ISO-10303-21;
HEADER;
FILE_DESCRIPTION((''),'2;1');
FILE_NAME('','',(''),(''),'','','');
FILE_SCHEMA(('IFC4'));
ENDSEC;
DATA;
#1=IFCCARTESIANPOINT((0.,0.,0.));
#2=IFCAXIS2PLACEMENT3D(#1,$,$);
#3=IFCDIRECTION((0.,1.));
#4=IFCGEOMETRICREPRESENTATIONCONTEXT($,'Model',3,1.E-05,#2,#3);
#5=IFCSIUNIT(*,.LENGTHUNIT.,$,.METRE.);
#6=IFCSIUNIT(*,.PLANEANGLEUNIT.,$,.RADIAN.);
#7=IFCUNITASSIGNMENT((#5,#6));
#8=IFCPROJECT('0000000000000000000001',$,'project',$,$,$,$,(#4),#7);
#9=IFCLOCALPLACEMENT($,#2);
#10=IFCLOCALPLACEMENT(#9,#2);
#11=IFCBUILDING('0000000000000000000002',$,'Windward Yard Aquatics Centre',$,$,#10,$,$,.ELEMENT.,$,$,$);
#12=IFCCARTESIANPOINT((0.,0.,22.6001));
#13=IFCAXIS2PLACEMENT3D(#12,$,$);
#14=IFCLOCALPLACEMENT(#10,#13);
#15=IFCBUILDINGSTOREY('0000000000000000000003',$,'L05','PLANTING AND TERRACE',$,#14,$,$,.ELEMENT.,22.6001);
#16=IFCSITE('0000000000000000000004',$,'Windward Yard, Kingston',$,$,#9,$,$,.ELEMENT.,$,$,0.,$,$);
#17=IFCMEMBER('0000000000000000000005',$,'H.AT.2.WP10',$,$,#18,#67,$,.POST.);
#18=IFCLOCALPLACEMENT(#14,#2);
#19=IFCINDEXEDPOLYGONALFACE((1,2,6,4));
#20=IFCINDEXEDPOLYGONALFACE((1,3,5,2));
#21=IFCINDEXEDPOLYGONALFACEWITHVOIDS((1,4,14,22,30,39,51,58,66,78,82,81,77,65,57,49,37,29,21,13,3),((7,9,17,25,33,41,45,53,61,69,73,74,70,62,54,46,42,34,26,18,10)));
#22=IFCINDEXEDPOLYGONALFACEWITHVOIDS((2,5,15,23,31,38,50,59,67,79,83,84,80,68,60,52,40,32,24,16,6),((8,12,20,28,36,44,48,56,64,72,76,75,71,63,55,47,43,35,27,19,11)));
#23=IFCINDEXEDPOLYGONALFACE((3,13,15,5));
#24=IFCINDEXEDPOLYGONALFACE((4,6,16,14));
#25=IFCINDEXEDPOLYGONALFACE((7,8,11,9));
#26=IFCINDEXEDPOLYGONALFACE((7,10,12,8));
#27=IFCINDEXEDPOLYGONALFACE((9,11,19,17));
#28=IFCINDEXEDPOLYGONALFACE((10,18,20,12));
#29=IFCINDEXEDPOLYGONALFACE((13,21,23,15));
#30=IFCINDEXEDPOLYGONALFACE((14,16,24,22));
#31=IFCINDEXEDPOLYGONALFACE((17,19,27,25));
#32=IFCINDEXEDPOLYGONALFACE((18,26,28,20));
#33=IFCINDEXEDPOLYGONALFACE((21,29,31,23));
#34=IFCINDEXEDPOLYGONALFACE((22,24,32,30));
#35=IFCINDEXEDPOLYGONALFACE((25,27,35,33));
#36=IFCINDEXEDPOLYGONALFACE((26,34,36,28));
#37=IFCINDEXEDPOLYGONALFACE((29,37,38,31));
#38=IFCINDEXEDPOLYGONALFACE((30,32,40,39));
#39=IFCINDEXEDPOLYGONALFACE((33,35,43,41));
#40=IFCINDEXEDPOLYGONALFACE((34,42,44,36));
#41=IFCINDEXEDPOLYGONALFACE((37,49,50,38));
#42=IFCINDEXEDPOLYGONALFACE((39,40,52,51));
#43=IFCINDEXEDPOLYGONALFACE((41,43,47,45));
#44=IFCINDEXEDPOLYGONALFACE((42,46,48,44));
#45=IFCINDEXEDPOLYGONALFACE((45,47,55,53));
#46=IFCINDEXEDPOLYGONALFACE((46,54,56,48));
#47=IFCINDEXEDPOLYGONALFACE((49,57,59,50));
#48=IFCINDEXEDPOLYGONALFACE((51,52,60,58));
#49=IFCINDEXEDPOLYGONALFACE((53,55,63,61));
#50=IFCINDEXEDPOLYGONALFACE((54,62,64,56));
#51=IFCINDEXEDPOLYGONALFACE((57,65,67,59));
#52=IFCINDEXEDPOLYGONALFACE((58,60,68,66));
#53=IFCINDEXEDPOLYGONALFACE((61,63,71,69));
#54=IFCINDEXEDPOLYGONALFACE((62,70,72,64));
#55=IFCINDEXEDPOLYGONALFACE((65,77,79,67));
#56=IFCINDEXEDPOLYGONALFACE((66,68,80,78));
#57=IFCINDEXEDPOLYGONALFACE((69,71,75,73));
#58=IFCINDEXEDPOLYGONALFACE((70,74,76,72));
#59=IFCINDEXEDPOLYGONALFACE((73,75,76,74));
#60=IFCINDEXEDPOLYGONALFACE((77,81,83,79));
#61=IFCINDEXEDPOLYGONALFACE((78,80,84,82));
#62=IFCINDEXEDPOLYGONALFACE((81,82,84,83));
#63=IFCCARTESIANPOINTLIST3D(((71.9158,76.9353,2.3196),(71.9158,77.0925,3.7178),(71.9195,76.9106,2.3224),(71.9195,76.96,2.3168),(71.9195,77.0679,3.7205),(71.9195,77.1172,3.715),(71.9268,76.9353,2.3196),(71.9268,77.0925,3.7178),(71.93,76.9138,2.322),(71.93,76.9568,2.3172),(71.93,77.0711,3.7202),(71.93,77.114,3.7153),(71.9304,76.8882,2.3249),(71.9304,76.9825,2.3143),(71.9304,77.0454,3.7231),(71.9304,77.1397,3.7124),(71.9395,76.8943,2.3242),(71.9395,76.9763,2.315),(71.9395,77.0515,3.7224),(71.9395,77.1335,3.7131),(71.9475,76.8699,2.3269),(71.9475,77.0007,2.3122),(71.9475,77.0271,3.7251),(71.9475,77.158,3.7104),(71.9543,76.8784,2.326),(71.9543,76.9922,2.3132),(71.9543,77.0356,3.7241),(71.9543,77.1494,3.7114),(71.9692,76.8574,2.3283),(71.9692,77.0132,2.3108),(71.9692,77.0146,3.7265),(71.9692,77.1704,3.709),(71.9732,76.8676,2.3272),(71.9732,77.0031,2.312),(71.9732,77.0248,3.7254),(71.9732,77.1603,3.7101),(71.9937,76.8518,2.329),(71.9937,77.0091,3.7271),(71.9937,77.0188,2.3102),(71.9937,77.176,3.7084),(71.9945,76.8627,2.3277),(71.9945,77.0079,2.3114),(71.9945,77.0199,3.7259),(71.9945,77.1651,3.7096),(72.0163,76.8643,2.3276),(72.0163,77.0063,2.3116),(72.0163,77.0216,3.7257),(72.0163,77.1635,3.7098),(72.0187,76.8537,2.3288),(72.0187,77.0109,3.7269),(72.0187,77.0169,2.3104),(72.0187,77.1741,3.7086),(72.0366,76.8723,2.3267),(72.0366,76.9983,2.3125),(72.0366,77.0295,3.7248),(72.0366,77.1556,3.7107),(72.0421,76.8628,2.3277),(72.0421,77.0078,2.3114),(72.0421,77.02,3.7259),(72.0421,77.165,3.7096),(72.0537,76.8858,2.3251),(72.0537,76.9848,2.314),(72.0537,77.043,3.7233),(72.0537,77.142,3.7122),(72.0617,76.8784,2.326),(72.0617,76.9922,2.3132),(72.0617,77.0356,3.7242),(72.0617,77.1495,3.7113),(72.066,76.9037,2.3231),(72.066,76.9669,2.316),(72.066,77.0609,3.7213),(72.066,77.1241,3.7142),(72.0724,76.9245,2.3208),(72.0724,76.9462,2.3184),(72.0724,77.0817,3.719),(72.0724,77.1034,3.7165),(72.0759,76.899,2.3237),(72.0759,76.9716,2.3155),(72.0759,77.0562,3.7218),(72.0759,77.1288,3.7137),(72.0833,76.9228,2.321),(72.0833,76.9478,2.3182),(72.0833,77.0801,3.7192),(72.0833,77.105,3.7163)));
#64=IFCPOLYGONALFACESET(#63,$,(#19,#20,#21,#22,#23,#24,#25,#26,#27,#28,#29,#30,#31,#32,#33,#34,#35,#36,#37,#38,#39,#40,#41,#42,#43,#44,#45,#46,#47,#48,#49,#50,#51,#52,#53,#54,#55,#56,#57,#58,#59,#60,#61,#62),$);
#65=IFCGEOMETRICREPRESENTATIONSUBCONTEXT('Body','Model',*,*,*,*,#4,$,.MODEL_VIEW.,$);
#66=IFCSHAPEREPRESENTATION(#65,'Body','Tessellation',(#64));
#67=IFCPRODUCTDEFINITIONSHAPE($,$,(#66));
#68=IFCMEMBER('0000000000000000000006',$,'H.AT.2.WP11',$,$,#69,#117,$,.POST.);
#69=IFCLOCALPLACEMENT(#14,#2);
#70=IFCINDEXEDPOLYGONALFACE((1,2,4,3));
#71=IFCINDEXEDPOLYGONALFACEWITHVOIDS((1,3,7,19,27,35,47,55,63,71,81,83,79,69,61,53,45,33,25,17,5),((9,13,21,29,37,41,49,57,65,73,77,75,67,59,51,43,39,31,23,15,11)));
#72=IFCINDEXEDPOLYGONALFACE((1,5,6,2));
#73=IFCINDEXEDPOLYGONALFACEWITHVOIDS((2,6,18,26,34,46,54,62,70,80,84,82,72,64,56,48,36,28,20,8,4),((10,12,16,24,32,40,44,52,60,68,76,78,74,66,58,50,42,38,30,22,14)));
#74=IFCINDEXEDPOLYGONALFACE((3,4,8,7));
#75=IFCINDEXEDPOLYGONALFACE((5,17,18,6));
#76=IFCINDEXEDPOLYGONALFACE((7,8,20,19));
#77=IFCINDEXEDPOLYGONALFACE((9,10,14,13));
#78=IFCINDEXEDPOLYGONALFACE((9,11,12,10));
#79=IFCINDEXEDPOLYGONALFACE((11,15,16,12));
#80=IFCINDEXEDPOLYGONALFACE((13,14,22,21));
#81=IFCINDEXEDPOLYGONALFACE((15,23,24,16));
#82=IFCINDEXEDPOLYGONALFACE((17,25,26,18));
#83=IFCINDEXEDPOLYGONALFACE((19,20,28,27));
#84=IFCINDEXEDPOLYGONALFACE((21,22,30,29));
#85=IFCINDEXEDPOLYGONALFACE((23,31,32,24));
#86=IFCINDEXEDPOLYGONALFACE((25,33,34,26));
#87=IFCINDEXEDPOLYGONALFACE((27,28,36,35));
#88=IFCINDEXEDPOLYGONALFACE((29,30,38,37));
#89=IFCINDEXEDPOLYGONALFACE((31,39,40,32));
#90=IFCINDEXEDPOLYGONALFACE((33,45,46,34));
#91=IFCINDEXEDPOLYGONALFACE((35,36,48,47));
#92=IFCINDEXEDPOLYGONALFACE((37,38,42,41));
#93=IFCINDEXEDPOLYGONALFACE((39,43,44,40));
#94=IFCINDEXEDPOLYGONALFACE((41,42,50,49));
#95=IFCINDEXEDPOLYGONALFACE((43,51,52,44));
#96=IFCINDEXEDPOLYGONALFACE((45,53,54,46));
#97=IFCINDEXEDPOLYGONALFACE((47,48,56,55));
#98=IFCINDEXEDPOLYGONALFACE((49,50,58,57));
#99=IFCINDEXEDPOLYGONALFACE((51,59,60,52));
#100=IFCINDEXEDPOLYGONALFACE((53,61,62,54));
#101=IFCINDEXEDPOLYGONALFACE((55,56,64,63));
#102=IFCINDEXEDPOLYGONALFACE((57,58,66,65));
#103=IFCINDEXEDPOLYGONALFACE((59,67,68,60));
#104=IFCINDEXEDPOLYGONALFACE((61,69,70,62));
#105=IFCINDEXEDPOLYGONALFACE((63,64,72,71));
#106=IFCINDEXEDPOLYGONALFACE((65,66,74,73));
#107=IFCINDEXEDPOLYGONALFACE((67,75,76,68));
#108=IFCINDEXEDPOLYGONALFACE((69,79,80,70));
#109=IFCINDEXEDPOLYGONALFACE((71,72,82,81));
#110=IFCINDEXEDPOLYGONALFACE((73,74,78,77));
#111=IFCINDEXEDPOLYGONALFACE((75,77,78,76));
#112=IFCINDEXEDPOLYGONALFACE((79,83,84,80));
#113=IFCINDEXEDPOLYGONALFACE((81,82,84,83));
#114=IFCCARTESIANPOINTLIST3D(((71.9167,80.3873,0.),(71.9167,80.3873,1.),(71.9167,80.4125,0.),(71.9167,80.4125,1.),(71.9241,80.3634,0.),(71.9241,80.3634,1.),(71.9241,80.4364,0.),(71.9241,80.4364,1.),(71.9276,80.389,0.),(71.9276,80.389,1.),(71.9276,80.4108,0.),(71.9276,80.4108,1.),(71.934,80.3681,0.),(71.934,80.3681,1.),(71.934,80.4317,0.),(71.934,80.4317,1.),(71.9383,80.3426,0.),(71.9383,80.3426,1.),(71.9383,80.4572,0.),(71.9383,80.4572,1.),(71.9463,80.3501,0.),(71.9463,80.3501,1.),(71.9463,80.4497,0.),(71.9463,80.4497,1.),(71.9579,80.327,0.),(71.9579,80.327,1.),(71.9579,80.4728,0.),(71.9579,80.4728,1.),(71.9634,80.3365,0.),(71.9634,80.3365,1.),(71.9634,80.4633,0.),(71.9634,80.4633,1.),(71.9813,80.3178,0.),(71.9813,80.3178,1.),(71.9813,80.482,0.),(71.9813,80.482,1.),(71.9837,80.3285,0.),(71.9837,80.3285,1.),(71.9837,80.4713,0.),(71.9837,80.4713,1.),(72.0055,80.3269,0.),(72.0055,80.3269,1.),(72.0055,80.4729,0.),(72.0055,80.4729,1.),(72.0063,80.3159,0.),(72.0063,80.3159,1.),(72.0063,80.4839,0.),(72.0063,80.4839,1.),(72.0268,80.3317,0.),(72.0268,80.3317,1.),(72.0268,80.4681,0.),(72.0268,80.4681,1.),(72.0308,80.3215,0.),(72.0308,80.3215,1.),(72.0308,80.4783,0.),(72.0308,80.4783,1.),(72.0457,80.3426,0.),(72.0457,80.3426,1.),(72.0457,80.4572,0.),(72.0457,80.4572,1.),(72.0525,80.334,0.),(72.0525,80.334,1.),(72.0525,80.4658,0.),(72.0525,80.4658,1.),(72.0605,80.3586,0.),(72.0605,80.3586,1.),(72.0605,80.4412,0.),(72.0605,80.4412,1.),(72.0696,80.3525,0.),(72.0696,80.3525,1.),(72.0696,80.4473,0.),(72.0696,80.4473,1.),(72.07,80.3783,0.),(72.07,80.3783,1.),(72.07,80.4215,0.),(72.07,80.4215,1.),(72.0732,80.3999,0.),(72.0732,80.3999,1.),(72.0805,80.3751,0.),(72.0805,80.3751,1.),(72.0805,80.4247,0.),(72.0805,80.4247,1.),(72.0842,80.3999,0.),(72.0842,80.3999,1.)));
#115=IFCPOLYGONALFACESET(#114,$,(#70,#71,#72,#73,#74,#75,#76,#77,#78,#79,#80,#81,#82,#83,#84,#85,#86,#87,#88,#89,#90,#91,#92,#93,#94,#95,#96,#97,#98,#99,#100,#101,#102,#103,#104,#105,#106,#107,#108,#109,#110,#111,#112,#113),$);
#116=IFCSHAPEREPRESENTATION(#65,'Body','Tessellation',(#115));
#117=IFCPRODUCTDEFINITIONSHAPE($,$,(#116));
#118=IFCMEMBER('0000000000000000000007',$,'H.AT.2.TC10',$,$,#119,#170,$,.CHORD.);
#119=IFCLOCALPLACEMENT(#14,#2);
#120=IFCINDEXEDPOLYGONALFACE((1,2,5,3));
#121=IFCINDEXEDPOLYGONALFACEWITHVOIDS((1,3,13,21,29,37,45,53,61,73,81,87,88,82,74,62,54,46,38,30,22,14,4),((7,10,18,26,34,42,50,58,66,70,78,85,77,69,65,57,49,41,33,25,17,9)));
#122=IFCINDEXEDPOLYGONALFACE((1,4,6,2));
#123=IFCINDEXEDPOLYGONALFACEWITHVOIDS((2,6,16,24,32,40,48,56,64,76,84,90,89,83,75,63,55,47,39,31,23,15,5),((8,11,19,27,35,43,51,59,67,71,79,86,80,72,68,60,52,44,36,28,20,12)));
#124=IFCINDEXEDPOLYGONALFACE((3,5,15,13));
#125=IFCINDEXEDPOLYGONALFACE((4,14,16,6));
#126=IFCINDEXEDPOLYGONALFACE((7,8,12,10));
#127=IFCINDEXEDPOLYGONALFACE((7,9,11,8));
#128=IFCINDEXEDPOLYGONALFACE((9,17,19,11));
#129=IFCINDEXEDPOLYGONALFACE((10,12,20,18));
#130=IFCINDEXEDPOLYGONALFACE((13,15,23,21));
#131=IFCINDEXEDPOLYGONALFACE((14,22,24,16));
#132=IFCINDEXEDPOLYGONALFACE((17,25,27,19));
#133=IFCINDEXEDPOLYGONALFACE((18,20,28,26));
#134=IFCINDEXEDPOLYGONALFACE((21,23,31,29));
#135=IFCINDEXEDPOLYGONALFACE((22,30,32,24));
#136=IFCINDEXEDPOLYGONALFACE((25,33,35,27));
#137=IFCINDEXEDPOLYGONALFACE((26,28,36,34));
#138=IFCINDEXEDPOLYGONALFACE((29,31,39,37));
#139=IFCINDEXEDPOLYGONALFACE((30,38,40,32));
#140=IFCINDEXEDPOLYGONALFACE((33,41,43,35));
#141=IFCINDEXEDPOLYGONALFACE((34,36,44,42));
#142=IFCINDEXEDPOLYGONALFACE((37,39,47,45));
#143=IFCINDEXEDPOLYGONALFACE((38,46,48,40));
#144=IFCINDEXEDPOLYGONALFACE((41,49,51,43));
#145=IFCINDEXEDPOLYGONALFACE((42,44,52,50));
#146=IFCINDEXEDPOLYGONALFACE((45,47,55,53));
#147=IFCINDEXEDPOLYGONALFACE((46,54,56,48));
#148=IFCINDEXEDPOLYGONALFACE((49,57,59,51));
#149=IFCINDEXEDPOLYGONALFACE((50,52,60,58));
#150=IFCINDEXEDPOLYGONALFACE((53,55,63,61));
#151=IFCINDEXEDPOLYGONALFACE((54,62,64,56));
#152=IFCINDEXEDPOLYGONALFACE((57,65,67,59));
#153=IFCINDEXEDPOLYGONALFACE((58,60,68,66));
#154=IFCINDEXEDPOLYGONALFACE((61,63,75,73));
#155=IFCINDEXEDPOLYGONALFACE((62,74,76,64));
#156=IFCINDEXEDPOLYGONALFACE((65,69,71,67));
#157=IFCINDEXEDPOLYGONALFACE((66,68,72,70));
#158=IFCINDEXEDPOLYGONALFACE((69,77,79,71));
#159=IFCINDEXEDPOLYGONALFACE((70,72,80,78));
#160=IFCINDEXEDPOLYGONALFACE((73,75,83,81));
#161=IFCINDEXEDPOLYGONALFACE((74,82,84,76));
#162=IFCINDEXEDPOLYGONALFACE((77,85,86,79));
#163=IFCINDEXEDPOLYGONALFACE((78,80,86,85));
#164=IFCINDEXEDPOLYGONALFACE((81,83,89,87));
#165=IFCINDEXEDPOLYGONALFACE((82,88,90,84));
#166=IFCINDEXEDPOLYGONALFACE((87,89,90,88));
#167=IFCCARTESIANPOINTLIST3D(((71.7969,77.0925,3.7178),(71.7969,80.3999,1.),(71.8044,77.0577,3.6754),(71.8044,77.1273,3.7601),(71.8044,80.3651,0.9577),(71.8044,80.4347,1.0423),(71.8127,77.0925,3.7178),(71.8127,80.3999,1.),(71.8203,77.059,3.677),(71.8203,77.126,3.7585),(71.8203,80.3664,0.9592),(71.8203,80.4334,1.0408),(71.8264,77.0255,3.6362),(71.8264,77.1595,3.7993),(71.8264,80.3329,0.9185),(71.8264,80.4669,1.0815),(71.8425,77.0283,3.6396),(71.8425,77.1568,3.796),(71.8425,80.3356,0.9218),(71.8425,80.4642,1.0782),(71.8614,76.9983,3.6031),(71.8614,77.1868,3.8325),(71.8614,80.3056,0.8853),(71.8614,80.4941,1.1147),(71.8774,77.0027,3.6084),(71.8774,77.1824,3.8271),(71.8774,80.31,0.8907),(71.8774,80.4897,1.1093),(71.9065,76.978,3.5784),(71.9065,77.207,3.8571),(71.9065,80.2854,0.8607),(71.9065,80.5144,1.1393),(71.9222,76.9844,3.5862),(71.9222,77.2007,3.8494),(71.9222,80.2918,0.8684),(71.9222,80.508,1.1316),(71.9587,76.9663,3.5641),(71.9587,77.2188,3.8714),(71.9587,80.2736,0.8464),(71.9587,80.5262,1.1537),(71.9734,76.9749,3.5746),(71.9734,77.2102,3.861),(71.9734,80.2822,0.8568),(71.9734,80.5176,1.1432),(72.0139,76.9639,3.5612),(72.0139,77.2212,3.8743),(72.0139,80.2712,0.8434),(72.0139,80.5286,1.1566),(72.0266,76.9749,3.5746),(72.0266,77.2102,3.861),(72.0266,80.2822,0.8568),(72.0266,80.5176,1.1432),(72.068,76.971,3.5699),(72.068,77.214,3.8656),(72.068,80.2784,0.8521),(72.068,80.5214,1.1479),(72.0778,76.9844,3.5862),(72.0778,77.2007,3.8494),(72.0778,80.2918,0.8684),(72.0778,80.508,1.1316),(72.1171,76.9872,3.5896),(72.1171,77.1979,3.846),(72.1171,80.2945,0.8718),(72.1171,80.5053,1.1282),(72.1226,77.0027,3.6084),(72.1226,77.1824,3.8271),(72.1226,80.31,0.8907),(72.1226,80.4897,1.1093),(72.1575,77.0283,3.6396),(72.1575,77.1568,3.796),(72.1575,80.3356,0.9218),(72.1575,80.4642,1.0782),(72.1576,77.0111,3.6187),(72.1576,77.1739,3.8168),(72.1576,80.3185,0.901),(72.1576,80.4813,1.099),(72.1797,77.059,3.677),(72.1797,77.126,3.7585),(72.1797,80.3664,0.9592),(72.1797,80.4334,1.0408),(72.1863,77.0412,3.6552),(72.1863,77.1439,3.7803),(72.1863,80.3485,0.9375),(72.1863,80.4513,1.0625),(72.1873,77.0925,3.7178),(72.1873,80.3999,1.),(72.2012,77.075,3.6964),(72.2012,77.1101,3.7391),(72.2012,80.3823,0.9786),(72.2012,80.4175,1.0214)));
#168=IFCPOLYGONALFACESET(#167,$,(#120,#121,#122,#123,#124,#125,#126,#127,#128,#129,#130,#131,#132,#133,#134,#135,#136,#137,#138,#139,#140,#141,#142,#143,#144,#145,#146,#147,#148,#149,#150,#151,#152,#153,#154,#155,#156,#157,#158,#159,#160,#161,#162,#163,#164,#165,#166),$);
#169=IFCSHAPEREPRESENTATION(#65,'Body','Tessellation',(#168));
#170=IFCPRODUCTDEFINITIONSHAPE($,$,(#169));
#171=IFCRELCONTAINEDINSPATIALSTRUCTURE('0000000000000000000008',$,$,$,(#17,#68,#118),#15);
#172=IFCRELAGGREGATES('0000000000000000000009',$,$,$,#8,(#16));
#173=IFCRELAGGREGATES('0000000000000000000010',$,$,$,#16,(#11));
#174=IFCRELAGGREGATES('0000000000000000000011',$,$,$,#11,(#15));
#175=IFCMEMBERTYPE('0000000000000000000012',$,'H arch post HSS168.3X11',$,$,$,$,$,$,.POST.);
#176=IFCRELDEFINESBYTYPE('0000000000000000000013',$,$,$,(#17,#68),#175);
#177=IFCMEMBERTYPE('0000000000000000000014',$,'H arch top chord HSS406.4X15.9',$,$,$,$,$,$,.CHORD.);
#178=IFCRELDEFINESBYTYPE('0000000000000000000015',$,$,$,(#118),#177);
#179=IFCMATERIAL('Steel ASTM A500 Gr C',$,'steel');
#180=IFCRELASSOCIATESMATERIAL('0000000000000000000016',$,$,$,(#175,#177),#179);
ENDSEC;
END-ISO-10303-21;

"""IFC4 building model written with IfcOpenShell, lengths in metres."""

from ifc_helpers import new_model, si_unit, direction, frame, origin, origin_2d, place, context, subcontext, project, spatial, hollow_circle, extrude, material, material_profile, profile_set, type_object, element, save


model = new_model("IFC4")

# Units and contexts
model_context = context("Model", 3, precision=1e-05, world=origin(), true_north=direction((0.0, 1.0)))
body_context = subcontext(model_context, "Body", "Model", "MODEL_VIEW")
ifc_project = project(units=[si_unit("LENGTHUNIT", "METRE"), si_unit("PLANEANGLEUNIT", "RADIAN")], contexts=[model_context])

# Site, building, storey
site_placement = place(None, origin())
site = spatial("IfcSite", under=ifc_project, at=site_placement, Name="Windward Yard, Kingston", CompositionType="ELEMENT", RefElevation=0.0)
building_placement = place(site_placement, origin())
building = spatial("IfcBuilding", under=site, at=building_placement, Name="Windward Yard Aquatics Centre", CompositionType="ELEMENT")
storey_placement = place(building_placement, frame((0.0, 0.0, 22.6001)))
storey = spatial("IfcBuildingStorey", under=building, at=storey_placement, Name="L05", Description="PLANTING AND TERRACE", CompositionType="ELEMENT", Elevation=22.6001)

# Members
ifc_material_1 = material(Name="Steel ASTM A500 Gr C", Category="steel")
ifc_material_profile_1 = material_profile(ifc_material_1, hollow_circle(Radius=0.0842, WallThickness=0.011, at=origin_2d()), Name="HSS168.3X11")
ifc_profile_set_1 = profile_set([ifc_material_profile_1], Name="Steel ASTM A500 Gr C")
member_type_1 = type_object("IfcMemberType", Name="H arch post HSS168.3X11", PredefinedType="POST", material=ifc_profile_set_1)
member_1_placement = place(storey_placement, frame((72.0, 76.9353, 2.3196), z_axis=(0.0, 0.111746, 0.993737), x_axis=(-1.0, 0.0, 0.0)))
element("IfcMember", 1, at=member_1_placement, inside=storey, type_object=member_type_1, Name="H.AT.2.WP10", PredefinedType="POST", context=body_context, shape_type="SweptSolid", body=[
    extrude(hollow_circle(Radius=0.0842, WallThickness=0.011, at=origin_2d()), origin(), (0.0, 0.0, 1.0), 1.407),
])
member_2_placement = place(storey_placement, frame((72.0, 80.3999, 0.0), z_axis=(0.0, 0.0, 1.0), x_axis=(1.0, 0.0, 0.0)))
element("IfcMember", 2, at=member_2_placement, inside=storey, type_object=member_type_1, Name="H.AT.2.WP11", PredefinedType="POST", context=body_context, shape_type="SweptSolid", body=[
    extrude(hollow_circle(Radius=0.0842, WallThickness=0.011, at=origin_2d()), origin(), (0.0, 0.0, 1.0), 1.0),
])
ifc_material_profile_2 = material_profile(ifc_material_1, hollow_circle(Radius=0.2031, WallThickness=0.0159, at=origin_2d()), Name="HSS406.4X15.9")
ifc_profile_set_2 = profile_set([ifc_material_profile_2], Name="Steel ASTM A500 Gr C")
member_type_2 = type_object("IfcMemberType", Name="H arch top chord HSS406.4X15.9", PredefinedType="CHORD", material=ifc_profile_set_2)
member_3_placement = place(storey_placement, frame((72.0, 77.0925, 3.7178), z_axis=(0.0, 0.772611, -0.634879), x_axis=(-1.0, 0.0, 0.0)))
element("IfcMember", 3, at=member_3_placement, inside=storey, type_object=member_type_2, Name="H.AT.2.TC10", PredefinedType="CHORD", context=body_context, shape_type="SweptSolid", body=[
    extrude(hollow_circle(Radius=0.2031, WallThickness=0.0159, at=origin_2d()), origin(), (0.0, 0.0, 1.0), 4.2808),
])

save(model, "model.ifc")
